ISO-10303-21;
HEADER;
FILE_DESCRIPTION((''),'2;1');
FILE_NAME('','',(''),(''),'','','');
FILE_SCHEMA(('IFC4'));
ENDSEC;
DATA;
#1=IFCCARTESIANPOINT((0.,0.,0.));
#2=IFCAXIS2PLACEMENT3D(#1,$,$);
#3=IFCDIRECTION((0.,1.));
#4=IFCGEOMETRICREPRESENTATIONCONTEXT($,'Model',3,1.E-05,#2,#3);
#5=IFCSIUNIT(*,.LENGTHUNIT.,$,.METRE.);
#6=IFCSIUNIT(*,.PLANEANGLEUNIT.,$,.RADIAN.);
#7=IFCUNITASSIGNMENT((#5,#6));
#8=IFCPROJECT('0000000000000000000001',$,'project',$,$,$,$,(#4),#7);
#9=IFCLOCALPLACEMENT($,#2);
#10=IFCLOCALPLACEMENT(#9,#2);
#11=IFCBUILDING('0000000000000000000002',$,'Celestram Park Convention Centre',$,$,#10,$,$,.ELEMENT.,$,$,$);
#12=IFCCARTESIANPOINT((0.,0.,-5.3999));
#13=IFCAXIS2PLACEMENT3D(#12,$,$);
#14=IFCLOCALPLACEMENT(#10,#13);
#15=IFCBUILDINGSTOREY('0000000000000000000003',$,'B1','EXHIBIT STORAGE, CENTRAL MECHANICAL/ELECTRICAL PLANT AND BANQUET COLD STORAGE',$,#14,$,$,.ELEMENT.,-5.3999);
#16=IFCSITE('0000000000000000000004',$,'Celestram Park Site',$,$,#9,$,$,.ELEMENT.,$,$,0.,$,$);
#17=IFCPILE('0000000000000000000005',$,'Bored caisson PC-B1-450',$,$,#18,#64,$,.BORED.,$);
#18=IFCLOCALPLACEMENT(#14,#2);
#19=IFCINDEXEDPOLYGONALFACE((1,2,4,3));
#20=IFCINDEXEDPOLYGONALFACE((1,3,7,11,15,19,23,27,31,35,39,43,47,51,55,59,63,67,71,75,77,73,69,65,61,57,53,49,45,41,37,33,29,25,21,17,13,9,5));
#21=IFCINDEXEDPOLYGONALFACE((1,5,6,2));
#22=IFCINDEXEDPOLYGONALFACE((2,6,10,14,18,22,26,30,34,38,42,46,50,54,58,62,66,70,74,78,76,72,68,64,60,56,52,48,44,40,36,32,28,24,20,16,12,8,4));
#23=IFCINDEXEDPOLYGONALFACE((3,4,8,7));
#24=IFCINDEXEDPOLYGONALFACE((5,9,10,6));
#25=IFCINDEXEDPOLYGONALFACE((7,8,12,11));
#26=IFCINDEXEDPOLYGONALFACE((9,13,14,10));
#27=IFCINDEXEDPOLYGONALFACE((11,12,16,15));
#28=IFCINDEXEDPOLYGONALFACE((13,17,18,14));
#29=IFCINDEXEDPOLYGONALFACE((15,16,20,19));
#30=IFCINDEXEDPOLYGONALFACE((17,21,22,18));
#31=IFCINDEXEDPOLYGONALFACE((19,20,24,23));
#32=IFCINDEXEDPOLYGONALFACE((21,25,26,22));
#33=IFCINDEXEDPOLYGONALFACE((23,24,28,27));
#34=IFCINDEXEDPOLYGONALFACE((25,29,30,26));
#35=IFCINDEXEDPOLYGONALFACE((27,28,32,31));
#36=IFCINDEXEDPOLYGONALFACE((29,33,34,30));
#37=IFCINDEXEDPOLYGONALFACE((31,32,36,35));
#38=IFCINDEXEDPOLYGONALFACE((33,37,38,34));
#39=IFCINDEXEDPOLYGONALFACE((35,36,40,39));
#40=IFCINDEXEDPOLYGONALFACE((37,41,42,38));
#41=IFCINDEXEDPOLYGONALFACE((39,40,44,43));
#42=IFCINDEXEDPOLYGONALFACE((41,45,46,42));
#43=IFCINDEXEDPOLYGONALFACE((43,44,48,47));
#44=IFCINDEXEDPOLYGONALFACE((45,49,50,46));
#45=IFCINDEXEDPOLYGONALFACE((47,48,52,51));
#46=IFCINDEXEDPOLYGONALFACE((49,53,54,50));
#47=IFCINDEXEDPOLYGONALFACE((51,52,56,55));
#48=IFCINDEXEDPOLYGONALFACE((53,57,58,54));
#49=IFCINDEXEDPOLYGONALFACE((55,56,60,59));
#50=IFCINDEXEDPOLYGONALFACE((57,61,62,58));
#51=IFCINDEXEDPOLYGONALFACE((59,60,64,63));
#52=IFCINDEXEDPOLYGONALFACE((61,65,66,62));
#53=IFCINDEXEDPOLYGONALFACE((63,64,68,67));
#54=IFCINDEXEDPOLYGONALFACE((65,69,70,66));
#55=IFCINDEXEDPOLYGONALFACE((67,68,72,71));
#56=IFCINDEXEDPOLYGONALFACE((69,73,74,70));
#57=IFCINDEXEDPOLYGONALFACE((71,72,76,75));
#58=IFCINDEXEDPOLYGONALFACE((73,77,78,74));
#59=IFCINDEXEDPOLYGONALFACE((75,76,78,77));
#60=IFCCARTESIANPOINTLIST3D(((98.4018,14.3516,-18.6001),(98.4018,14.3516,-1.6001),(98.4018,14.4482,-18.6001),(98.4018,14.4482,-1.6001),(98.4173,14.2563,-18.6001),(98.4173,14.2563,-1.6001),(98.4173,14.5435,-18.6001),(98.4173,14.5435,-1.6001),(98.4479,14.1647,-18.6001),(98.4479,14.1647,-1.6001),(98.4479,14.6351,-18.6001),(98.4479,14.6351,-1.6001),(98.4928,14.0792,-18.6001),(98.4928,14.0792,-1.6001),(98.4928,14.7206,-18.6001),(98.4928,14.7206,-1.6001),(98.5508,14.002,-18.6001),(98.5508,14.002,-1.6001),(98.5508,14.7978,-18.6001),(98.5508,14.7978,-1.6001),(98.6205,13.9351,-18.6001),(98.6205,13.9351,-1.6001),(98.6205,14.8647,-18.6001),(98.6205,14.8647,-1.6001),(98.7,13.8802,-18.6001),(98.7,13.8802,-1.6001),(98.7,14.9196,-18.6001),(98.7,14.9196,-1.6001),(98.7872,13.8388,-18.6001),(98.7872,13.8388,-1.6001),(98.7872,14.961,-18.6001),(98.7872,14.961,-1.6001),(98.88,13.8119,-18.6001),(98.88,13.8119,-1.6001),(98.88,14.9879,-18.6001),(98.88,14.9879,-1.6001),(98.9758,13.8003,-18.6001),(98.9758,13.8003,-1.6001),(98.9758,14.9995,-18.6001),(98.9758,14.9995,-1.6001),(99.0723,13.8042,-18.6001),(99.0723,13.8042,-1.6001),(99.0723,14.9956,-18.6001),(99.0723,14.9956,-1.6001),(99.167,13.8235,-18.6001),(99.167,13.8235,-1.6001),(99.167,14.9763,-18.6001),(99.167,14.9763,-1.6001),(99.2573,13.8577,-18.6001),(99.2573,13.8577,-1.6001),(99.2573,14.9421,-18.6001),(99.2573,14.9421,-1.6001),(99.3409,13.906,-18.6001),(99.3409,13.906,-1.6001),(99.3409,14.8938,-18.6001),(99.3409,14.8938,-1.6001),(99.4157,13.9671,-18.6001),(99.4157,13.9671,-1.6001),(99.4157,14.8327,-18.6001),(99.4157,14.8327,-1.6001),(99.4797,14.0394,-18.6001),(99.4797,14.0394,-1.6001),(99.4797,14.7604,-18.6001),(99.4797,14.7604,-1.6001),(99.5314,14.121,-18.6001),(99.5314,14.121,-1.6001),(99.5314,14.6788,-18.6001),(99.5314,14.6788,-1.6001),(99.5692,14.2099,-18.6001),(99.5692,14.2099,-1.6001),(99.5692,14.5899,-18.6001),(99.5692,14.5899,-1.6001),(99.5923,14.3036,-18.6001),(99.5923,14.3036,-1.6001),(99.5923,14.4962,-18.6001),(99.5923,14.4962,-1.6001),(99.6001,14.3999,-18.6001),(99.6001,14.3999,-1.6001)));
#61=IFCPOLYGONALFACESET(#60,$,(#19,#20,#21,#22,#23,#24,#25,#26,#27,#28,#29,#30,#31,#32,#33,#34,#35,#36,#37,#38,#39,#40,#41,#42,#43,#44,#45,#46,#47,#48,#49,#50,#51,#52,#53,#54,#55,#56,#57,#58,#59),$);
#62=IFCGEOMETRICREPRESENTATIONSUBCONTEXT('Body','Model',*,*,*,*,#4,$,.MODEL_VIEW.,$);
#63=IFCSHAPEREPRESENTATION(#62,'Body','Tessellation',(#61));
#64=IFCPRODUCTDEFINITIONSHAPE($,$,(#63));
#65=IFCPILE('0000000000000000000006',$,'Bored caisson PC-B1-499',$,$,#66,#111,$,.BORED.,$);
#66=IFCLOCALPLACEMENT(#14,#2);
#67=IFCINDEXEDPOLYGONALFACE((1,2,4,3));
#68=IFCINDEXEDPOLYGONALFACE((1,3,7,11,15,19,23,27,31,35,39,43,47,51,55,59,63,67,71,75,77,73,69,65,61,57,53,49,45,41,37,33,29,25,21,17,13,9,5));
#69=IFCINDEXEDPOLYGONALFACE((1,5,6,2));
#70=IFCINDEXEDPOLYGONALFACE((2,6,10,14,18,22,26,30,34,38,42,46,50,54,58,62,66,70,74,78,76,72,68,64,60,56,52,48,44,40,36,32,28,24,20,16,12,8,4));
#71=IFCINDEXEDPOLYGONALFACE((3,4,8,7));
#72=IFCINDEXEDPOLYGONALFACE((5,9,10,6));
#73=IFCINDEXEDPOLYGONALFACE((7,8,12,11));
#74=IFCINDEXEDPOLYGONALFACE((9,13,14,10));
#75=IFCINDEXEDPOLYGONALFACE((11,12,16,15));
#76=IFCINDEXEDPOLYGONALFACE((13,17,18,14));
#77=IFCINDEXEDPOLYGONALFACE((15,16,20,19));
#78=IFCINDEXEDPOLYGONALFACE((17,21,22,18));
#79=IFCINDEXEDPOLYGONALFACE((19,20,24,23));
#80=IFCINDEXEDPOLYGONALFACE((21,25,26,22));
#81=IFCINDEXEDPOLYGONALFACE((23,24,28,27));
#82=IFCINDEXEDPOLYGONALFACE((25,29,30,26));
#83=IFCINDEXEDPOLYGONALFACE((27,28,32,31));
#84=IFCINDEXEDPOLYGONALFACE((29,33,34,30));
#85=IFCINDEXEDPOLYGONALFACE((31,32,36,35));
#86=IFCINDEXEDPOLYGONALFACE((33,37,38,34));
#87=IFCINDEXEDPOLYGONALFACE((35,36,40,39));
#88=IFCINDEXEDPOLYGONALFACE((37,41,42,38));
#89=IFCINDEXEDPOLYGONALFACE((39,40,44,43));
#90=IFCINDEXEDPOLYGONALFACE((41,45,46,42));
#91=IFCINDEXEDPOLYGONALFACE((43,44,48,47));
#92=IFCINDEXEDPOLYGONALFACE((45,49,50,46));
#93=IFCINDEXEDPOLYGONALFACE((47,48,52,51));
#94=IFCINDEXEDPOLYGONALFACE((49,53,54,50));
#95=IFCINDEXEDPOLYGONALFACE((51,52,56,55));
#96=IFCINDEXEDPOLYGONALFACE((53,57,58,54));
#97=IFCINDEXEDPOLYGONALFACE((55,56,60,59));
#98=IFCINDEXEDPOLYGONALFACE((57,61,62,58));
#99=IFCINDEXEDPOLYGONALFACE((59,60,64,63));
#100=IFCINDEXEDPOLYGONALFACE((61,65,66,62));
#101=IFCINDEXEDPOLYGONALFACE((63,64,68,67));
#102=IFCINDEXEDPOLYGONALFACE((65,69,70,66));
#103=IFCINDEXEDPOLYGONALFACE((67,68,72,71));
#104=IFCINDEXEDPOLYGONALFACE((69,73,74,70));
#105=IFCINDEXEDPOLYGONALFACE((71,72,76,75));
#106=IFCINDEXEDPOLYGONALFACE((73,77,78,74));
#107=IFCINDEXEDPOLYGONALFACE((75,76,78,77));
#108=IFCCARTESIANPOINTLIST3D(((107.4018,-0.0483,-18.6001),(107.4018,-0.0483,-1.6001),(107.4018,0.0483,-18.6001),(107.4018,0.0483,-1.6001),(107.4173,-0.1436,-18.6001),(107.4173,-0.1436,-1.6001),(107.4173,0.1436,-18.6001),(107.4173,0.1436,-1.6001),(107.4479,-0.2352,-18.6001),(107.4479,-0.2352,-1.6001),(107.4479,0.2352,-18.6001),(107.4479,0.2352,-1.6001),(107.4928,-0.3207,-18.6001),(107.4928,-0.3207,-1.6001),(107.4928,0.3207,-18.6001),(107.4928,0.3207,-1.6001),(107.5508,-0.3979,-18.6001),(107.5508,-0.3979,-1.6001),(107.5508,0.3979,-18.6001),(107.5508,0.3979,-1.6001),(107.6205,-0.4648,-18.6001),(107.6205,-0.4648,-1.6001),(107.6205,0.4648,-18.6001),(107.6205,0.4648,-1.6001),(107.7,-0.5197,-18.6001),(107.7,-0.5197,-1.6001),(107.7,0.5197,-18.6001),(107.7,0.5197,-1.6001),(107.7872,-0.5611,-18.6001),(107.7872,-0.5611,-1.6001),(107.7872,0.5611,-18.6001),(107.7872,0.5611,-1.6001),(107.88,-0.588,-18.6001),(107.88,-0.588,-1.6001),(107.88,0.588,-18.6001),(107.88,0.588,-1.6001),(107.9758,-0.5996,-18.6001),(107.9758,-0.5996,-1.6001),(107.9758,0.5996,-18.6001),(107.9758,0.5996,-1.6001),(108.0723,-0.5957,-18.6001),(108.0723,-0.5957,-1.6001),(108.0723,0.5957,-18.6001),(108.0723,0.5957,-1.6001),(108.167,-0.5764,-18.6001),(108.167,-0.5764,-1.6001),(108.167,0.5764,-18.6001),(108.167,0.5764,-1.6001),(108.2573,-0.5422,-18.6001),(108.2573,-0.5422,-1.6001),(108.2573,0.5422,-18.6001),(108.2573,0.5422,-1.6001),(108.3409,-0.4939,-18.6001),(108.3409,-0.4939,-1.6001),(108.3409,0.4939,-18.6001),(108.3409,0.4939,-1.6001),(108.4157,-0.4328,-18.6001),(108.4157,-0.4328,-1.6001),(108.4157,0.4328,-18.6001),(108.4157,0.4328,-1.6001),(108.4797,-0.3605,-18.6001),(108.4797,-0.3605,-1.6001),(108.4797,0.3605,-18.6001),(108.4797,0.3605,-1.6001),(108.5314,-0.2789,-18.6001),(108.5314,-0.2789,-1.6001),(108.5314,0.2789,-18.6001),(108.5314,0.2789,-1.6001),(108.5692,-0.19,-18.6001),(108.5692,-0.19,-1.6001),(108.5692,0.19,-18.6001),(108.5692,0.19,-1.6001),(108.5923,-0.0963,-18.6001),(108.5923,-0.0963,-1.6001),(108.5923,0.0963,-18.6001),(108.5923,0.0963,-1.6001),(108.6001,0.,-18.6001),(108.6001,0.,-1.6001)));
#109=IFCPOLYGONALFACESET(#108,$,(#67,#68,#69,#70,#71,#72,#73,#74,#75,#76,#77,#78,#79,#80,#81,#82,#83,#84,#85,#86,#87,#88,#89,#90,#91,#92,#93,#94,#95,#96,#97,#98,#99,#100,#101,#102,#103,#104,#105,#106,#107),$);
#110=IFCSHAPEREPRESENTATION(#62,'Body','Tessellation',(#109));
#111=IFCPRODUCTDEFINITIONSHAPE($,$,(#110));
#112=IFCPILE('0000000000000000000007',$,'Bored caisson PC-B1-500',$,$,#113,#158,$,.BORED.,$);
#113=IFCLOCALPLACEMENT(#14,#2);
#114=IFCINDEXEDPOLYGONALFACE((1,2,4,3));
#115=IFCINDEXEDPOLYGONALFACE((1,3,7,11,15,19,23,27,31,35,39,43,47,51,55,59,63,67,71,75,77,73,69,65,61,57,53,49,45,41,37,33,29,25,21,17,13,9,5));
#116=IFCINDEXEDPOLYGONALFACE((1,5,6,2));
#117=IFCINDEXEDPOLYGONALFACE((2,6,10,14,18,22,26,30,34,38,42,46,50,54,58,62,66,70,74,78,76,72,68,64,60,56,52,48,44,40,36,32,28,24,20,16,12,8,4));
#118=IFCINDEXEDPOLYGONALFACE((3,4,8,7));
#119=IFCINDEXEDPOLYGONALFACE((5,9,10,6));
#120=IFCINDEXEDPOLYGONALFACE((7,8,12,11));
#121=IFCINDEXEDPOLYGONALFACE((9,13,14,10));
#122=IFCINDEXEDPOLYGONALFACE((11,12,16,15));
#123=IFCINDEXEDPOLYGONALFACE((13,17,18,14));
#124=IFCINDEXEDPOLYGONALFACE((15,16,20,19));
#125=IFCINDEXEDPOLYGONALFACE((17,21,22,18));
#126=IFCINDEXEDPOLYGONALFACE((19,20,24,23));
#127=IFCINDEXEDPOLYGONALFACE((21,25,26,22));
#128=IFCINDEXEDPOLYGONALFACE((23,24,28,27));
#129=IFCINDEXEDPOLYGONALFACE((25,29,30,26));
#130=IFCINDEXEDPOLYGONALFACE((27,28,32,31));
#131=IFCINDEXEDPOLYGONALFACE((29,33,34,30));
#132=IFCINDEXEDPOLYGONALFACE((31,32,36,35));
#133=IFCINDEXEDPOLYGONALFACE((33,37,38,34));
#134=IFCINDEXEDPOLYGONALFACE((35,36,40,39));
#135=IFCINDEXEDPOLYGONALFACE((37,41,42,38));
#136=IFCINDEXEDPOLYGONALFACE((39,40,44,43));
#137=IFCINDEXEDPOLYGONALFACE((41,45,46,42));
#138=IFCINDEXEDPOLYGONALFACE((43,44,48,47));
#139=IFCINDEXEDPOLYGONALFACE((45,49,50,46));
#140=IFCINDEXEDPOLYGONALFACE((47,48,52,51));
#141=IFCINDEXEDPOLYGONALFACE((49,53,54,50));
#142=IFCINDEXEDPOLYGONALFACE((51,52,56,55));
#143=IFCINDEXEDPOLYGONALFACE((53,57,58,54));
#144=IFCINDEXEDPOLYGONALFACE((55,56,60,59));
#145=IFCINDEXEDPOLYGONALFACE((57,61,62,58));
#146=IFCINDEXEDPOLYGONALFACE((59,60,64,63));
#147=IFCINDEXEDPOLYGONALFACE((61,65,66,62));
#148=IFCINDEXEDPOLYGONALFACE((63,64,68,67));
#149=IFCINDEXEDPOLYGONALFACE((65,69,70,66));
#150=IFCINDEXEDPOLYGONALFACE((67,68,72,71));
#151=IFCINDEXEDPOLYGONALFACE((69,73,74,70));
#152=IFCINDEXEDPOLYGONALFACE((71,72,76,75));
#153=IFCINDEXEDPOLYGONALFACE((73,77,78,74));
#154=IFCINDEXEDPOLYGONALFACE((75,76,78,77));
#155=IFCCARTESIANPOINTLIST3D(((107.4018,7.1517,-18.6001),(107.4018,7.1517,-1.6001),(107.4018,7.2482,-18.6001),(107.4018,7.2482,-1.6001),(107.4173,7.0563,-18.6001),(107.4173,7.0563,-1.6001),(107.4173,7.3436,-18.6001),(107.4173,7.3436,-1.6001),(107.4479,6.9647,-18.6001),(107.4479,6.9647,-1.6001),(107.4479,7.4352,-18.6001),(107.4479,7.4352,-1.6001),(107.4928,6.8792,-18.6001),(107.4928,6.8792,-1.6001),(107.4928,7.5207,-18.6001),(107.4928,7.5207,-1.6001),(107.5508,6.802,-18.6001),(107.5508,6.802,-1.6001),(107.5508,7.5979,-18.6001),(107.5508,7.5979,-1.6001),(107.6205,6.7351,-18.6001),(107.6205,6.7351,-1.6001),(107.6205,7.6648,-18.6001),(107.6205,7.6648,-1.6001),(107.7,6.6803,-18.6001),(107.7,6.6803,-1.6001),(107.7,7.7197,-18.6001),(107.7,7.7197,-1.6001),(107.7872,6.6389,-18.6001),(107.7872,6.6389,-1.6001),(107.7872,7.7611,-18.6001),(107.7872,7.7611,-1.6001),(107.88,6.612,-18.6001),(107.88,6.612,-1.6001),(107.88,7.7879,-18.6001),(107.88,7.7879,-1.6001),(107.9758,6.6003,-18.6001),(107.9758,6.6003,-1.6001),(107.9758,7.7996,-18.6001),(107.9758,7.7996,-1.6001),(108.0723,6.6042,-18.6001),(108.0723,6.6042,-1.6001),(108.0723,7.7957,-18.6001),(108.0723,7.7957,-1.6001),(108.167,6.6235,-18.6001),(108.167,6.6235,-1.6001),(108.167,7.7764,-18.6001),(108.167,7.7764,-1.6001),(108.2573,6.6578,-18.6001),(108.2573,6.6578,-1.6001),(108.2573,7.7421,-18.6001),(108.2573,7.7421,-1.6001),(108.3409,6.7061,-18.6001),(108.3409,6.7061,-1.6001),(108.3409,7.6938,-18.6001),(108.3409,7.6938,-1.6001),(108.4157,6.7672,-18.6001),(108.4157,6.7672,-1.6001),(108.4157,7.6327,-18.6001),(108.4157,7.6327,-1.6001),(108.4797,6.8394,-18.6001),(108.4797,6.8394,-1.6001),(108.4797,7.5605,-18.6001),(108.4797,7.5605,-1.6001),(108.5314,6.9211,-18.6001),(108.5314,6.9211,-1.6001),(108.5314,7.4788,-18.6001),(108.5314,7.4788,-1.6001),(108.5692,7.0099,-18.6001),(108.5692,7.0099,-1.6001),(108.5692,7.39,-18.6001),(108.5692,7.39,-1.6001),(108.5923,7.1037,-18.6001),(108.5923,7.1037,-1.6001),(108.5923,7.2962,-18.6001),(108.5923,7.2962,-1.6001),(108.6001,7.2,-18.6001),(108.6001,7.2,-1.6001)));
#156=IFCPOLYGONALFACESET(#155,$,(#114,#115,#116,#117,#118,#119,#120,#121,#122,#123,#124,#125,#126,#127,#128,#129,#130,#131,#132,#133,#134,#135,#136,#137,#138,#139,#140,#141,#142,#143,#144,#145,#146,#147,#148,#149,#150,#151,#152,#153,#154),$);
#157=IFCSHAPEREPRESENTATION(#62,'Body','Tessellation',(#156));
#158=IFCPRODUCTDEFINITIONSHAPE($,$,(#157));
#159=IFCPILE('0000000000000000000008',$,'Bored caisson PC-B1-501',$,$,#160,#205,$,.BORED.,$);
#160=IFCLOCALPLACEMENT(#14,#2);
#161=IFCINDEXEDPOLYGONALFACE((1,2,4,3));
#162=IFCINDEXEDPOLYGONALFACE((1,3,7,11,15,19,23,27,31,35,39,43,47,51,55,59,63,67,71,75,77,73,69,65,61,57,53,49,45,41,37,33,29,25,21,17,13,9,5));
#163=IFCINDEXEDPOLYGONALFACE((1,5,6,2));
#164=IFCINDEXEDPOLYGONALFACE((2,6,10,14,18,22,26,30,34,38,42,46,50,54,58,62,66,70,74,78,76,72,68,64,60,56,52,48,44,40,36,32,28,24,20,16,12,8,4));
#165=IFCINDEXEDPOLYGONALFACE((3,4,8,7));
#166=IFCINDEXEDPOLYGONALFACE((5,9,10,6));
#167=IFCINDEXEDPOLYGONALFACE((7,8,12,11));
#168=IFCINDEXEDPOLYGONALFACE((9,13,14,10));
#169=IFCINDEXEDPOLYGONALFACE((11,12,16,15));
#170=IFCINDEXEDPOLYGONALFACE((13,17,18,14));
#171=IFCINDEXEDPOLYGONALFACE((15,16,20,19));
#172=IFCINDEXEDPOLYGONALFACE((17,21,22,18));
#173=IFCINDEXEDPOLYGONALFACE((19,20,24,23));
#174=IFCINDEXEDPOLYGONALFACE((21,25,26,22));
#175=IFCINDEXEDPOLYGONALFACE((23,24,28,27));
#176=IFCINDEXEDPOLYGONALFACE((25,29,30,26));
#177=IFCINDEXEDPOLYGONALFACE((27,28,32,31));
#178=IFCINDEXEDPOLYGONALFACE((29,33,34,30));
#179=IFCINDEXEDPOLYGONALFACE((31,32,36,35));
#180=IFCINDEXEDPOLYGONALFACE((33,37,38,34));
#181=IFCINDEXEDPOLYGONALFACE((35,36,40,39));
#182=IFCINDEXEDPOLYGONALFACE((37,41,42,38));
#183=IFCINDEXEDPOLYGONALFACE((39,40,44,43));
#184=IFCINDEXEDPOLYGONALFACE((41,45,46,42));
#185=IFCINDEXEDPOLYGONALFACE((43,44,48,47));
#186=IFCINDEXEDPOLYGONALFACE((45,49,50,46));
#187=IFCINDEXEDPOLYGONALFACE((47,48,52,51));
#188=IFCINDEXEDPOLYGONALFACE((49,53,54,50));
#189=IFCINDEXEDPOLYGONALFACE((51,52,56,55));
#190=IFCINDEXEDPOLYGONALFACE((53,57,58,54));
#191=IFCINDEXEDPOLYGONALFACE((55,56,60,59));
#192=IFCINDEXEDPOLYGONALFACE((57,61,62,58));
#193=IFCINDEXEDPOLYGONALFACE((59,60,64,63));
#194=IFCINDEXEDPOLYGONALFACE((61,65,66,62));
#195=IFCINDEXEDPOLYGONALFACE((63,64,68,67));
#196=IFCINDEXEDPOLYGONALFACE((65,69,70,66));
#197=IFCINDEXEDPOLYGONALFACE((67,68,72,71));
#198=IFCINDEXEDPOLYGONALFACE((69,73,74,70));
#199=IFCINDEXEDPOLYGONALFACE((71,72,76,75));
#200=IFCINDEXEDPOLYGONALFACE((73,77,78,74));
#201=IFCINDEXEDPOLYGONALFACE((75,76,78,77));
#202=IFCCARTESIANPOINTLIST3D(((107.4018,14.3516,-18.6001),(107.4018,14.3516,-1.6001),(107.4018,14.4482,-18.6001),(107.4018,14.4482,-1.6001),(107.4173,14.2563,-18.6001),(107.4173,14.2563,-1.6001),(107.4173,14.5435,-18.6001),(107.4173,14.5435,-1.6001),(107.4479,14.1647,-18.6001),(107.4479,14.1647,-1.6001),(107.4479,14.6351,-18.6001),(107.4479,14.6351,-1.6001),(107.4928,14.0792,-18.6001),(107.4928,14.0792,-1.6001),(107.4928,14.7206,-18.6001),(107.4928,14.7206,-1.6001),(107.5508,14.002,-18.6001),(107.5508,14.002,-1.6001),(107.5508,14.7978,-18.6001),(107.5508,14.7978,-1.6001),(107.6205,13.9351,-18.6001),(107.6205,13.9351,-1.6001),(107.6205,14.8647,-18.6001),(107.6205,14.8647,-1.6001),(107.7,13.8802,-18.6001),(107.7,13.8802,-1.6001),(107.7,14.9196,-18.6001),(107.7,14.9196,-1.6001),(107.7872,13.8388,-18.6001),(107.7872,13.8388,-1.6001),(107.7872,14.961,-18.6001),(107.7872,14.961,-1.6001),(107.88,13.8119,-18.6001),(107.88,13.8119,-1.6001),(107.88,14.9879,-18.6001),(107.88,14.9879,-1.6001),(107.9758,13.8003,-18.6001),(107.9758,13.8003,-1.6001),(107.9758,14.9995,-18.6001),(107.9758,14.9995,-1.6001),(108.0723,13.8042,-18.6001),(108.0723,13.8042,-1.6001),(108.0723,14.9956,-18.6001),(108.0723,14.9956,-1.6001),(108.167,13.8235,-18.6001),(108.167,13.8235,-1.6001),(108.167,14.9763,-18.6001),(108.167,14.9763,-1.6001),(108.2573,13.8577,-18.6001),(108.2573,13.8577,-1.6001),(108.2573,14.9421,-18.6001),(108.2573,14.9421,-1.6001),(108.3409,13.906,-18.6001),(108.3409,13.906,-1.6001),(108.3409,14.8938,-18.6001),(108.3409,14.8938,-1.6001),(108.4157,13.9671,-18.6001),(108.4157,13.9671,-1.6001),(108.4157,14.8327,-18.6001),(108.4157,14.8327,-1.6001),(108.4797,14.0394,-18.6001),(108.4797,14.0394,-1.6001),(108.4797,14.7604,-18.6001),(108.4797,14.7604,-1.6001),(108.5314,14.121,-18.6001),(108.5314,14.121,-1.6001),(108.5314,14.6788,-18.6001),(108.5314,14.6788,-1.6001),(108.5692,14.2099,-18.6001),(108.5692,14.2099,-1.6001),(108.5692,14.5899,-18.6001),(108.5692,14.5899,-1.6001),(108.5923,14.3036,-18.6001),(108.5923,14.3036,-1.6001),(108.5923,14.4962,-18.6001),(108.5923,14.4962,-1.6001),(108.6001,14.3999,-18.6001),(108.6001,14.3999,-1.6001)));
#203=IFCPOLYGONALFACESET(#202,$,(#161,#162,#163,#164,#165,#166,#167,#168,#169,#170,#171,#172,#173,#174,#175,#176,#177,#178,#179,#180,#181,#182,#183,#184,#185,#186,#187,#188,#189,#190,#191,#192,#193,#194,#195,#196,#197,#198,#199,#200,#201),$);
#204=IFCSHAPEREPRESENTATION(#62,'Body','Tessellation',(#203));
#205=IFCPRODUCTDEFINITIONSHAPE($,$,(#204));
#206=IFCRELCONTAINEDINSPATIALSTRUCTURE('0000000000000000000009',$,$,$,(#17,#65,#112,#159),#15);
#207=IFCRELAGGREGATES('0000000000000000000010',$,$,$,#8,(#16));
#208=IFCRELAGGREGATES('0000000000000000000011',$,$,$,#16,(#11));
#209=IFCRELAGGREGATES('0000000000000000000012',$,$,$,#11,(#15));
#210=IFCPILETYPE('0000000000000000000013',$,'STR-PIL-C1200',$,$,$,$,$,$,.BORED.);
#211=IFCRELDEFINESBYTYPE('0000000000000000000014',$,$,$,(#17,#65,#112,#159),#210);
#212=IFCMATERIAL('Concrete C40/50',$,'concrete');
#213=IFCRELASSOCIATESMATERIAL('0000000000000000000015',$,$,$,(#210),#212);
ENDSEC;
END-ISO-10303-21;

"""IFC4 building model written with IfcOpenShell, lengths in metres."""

from ifc_helpers import new_model, si_unit, direction, frame, origin, origin_2d, place, context, subcontext, project, spatial, circle, extrude, material, material_profile, profile_set, type_object, element, save


model = new_model("IFC4")

# Units and contexts
model_context = context("Model", 3, precision=1e-05, world=origin(), true_north=direction((0.0, 1.0)))
body_context = subcontext(model_context, "Body", "Model", "MODEL_VIEW")
ifc_project = project(units=[si_unit("LENGTHUNIT", "METRE"), si_unit("PLANEANGLEUNIT", "RADIAN")], contexts=[model_context])

# Site, building, storey
site_placement = place(None, origin())
site = spatial("IfcSite", under=ifc_project, at=site_placement, Name="Celestram Park Site", CompositionType="ELEMENT", RefElevation=0.0)
building_placement = place(site_placement, origin())
building = spatial("IfcBuilding", under=site, at=building_placement, Name="Celestram Park Convention Centre", CompositionType="ELEMENT")
storey_placement = place(building_placement, frame((0.0, 0.0, -5.3999)))
storey = spatial("IfcBuildingStorey", under=building, at=storey_placement, Name="B1", Description="EXHIBIT STORAGE, CENTRAL MECHANICAL/ELECTRICAL PLANT AND BANQUET COLD STORAGE", CompositionType="ELEMENT", Elevation=-5.3999)

# Shared definitions
ifc_material_1 = material(Name="Concrete C40/50", Category="concrete")

# Piles
ifc_material_profile_1 = material_profile(ifc_material_1, circle(Radius=0.6001, at=origin_2d()), Name="CAISSON1200")
ifc_profile_set_1 = profile_set([ifc_material_profile_1], Name="Concrete C40/50")
pile_type = type_object("IfcPileType", Name="STR-PIL-C1200", PredefinedType="BORED", material=ifc_profile_set_1)
for number, where, z_axis, x_axis, name in (
    (1, (99.0, 14.3999, -1.6001), (0.0, 0.0, -1.0), (1.0, 0.0, 0.0), "Bored caisson PC-B1-450"),
    (2, (108.0, 0.0, -1.6001), (0.0, 0.0, -1.0), (1.0, 0.0, 0.0), "Bored caisson PC-B1-499"),
    (3, (108.0, 7.2, -1.6001), (0.0, 0.0, -1.0), (1.0, 0.0, 0.0), "Bored caisson PC-B1-500"),
    (4, (108.0, 14.3999, -1.6001), (0.0, 0.0, -1.0), (1.0, 0.0, 0.0), "Bored caisson PC-B1-501"),
):
    element("IfcPile", number, at=place(storey_placement, frame(where, z_axis=z_axis, x_axis=x_axis)), inside=storey, type_object=pile_type, Name=name, PredefinedType="BORED", context=body_context, shape_type="SweptSolid", body=[
        extrude(circle(Radius=0.6001, at=origin_2d()), origin(), (0.0, 0.0, 1.0), 17.0),
    ])

save(model, "model.ifc")
